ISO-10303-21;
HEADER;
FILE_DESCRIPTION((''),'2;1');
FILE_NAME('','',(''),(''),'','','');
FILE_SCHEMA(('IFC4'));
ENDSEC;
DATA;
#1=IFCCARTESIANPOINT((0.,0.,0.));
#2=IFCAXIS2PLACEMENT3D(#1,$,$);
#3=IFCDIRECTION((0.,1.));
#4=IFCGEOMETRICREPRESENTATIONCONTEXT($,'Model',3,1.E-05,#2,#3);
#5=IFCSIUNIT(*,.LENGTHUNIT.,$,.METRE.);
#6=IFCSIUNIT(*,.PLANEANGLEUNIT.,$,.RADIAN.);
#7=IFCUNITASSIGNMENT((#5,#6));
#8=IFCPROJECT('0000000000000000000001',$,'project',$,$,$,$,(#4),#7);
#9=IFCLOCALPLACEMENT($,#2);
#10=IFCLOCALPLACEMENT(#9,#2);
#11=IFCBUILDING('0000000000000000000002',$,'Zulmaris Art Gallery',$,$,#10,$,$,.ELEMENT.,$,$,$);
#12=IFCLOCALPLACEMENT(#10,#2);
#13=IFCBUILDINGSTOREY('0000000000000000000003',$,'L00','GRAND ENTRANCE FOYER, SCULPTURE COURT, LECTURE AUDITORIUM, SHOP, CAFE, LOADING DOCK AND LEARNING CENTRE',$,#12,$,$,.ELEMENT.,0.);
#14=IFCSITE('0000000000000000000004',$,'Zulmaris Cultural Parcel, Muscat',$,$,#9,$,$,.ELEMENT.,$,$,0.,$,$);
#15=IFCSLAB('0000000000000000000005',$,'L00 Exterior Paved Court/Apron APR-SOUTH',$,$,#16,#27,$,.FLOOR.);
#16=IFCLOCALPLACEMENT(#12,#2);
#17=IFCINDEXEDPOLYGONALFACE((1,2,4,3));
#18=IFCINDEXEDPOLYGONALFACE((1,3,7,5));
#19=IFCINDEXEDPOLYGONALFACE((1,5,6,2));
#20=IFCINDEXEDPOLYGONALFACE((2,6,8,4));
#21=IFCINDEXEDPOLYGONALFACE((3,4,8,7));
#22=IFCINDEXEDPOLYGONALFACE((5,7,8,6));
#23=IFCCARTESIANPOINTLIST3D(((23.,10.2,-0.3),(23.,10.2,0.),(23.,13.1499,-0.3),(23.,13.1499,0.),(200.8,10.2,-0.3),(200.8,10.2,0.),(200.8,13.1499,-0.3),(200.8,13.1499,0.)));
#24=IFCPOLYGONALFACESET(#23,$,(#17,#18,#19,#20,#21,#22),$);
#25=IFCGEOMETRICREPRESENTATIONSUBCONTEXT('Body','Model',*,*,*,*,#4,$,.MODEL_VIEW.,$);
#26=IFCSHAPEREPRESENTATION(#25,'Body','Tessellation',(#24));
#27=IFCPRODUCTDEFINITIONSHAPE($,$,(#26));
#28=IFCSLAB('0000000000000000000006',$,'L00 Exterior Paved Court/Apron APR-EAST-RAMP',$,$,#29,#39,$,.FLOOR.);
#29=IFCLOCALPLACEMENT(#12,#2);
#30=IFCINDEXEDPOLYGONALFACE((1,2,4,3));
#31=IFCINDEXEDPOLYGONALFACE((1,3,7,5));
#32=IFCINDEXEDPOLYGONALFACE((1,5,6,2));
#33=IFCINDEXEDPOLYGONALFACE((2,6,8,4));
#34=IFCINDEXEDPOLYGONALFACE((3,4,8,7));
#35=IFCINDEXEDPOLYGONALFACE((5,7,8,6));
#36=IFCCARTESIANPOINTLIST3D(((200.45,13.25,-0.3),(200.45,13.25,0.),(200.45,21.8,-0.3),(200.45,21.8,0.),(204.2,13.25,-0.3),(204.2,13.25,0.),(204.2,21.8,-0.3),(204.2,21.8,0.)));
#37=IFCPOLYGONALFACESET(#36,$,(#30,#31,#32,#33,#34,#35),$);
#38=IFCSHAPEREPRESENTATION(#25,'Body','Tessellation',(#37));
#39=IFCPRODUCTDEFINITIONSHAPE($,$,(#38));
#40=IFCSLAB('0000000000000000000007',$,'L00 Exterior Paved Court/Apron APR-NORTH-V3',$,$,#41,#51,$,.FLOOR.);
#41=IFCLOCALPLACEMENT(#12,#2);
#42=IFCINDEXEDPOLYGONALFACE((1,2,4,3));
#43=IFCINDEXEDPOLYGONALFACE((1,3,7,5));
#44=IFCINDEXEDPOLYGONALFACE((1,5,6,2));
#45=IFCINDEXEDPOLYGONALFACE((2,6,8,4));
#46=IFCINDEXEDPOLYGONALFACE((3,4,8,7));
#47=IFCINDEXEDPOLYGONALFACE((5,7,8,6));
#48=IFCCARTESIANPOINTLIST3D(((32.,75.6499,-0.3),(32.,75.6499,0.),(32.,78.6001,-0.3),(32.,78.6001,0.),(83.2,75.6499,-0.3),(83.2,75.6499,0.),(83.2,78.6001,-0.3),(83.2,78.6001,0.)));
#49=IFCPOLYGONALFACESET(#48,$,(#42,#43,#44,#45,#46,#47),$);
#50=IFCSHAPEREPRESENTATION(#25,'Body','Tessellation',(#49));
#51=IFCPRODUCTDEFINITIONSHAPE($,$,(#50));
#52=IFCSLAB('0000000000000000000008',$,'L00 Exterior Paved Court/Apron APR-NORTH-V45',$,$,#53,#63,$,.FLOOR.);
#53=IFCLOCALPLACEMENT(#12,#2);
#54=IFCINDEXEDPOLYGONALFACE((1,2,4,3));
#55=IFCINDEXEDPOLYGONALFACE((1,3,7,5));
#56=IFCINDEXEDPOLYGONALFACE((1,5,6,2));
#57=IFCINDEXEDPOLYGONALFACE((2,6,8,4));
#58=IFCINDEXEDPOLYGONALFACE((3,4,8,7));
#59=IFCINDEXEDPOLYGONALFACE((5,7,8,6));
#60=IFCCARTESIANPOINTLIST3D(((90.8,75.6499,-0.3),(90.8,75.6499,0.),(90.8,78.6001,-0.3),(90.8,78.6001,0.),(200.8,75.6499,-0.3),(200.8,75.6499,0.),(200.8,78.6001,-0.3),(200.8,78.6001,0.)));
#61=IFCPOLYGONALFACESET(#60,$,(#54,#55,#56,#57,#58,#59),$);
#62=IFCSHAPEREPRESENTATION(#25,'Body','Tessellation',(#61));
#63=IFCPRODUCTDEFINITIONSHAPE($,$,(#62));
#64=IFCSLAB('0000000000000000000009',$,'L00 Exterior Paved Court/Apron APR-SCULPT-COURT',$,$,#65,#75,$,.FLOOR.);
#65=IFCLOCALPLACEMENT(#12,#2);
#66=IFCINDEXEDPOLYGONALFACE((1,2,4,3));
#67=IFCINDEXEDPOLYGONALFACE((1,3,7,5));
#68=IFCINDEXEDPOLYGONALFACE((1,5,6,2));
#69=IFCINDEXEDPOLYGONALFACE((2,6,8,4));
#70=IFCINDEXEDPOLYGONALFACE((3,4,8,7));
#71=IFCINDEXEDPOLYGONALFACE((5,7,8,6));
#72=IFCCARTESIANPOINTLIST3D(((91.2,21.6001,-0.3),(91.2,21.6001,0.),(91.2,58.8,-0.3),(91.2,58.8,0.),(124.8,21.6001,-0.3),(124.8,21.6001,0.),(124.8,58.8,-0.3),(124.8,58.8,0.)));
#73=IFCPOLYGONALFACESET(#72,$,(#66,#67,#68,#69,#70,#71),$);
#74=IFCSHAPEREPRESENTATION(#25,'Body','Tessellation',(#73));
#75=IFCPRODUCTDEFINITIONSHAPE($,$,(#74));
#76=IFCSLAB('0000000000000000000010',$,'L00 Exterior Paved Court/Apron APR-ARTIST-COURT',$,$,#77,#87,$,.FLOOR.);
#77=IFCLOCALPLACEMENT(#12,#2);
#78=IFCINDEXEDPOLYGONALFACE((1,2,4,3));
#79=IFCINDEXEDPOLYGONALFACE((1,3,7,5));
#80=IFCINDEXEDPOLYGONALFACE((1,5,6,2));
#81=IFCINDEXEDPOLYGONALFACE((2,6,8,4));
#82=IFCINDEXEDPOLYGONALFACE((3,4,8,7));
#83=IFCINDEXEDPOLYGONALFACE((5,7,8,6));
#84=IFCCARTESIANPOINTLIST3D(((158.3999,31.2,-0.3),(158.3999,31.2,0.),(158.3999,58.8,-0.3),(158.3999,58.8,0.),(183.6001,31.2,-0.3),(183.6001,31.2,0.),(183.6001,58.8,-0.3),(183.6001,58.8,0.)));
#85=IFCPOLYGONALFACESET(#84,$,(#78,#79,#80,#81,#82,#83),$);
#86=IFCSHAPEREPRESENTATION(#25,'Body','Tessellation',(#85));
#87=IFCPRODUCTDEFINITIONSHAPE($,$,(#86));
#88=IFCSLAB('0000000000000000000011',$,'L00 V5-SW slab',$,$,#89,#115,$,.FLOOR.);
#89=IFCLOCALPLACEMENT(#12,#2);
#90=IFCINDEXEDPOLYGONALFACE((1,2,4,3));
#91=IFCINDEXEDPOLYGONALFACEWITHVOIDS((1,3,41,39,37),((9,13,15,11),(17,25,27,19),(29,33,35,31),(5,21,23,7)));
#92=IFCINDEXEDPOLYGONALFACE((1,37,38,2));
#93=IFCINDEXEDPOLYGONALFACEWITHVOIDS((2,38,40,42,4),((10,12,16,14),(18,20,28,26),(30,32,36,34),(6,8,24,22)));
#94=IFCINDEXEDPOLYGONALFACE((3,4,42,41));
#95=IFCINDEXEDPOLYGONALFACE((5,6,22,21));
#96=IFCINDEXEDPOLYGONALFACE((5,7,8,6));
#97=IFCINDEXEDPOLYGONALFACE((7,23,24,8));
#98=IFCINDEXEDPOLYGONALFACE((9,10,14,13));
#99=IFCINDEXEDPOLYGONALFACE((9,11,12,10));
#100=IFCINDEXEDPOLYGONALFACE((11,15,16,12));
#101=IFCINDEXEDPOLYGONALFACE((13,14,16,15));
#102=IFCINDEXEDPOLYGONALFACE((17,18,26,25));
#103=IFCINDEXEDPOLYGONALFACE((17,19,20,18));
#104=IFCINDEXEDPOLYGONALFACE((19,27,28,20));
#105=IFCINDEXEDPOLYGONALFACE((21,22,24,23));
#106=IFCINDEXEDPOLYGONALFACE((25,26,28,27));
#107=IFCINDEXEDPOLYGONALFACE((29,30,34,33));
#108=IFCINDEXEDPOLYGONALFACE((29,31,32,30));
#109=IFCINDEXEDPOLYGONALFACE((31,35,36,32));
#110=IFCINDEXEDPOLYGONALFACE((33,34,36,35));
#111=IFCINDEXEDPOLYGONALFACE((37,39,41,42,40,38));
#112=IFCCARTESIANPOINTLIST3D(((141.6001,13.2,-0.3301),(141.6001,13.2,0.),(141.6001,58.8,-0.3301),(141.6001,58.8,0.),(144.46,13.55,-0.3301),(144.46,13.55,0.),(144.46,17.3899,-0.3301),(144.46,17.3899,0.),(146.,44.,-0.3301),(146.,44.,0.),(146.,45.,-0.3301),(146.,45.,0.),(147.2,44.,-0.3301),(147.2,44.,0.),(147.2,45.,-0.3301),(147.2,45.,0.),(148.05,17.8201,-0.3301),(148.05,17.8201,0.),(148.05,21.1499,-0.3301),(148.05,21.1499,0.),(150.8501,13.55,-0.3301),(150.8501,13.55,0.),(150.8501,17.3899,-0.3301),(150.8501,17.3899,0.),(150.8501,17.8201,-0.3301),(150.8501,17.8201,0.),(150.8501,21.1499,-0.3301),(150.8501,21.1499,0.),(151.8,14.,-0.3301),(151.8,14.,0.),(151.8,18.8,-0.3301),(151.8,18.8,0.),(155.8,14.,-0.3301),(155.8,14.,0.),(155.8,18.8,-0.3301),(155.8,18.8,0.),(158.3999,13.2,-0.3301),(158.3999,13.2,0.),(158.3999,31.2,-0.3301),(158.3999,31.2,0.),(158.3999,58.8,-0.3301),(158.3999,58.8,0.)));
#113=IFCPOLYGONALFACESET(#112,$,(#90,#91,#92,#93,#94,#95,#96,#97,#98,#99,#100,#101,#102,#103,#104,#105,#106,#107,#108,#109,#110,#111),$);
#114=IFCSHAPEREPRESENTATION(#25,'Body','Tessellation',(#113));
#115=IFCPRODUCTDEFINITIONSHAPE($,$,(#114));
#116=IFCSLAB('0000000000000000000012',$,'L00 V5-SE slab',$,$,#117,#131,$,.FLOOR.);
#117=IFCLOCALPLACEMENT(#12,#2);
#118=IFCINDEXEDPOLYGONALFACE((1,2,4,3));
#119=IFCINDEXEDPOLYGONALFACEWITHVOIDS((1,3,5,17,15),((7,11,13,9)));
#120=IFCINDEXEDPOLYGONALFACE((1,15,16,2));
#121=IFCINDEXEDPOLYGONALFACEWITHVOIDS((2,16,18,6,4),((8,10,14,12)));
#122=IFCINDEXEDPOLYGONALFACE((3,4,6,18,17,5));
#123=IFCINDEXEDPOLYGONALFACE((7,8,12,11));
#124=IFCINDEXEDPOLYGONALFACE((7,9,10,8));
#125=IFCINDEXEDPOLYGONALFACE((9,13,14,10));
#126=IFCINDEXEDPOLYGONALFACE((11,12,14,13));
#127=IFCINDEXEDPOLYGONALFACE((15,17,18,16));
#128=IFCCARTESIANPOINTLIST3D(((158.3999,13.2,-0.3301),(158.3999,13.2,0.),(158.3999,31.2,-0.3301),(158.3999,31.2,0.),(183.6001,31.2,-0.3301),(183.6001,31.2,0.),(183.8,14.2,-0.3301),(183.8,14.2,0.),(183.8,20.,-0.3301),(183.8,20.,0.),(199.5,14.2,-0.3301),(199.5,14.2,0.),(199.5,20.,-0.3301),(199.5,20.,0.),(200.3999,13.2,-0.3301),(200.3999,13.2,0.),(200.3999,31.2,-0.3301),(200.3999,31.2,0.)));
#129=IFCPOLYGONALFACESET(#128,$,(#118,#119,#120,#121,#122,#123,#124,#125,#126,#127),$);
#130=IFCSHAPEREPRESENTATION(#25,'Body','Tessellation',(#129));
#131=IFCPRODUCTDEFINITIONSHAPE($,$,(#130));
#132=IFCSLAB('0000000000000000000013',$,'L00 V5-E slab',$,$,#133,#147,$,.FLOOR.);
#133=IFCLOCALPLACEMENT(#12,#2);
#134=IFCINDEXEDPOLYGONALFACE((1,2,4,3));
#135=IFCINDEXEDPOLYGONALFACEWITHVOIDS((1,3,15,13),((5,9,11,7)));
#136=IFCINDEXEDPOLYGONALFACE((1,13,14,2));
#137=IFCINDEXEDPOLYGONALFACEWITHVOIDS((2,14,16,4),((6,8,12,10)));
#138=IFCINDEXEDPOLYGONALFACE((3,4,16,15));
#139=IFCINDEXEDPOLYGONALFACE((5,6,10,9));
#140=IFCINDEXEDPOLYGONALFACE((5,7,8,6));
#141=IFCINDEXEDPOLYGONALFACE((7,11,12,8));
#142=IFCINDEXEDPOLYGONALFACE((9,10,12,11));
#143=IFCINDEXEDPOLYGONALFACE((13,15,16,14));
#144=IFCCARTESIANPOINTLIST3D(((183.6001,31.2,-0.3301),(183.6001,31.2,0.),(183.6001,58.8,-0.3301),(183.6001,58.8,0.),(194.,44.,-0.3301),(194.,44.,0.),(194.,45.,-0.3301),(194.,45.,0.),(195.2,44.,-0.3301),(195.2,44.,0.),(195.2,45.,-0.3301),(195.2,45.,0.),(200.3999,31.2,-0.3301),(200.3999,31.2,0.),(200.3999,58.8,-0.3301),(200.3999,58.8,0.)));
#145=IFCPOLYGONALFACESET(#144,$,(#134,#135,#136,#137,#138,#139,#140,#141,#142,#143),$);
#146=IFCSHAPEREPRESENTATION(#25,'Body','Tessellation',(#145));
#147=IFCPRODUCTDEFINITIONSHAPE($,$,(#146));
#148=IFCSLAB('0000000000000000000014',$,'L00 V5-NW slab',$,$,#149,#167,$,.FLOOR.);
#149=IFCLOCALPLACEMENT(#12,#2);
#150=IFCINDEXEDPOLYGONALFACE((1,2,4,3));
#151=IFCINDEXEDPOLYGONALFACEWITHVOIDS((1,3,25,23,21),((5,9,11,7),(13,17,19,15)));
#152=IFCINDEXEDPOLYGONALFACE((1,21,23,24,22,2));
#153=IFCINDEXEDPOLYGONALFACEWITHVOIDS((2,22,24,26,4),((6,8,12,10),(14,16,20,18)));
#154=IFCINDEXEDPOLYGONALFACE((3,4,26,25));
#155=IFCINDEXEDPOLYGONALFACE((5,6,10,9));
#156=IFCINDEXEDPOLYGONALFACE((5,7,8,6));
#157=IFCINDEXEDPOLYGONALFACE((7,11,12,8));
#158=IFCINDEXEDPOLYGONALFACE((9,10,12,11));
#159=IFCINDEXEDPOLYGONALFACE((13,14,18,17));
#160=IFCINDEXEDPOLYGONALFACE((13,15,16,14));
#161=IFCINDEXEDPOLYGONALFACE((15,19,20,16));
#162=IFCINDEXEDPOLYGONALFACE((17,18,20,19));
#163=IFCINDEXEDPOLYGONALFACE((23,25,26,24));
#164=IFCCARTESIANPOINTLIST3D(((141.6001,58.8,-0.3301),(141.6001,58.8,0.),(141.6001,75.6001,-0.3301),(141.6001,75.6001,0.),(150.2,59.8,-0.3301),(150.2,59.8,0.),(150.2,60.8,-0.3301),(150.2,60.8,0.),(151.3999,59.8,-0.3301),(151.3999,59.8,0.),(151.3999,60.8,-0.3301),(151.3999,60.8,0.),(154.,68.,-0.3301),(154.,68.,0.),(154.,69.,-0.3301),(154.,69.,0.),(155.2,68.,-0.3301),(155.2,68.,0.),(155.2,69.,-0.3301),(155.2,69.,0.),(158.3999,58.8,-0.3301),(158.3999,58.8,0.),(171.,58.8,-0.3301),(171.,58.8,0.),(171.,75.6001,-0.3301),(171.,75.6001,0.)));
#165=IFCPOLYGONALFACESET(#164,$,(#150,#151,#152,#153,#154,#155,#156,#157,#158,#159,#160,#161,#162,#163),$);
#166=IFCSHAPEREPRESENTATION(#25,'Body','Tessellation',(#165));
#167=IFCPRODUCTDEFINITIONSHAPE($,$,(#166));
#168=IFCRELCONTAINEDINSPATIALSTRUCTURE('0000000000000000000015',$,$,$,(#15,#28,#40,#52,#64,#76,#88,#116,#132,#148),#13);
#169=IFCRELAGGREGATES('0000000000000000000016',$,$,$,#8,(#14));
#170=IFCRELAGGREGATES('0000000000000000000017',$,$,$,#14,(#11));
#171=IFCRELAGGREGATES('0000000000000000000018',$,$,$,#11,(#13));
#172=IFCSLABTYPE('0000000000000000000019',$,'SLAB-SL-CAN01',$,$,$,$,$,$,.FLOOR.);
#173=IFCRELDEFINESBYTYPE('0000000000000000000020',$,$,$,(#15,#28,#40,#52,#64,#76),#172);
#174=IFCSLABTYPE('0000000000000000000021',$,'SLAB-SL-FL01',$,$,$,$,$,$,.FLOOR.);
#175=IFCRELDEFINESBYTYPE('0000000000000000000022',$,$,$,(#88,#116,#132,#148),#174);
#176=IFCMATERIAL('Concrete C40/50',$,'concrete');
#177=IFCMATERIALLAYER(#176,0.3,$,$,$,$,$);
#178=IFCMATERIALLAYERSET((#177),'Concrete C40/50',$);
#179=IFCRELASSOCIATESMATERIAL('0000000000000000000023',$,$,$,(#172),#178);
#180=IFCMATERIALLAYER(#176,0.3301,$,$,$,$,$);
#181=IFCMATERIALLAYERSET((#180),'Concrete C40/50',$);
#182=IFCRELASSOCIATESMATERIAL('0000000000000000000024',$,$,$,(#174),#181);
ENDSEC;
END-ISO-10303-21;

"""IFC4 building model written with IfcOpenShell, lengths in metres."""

from ifc_helpers import new_model, si_unit, direction, frame, origin, place, context, subcontext, project, spatial, polyline, outline, extrude, material, layer, layer_set, type_object, element, save


model = new_model("IFC4")

# Units and contexts
model_context = context("Model", 3, precision=1e-05, world=origin(), true_north=direction((0.0, 1.0)))
body_context = subcontext(model_context, "Body", "Model", "MODEL_VIEW")
ifc_project = project(units=[si_unit("LENGTHUNIT", "METRE"), si_unit("PLANEANGLEUNIT", "RADIAN")], contexts=[model_context])

# Site, building, storey
site_placement = place(None, origin())
site = spatial("IfcSite", under=ifc_project, at=site_placement, Name="Zulmaris Cultural Parcel, Muscat", CompositionType="ELEMENT", RefElevation=0.0)
building_placement = place(site_placement, origin())
building = spatial("IfcBuilding", under=site, at=building_placement, Name="Zulmaris Art Gallery", CompositionType="ELEMENT")
storey_placement = place(building_placement, origin())
storey = spatial("IfcBuildingStorey", under=building, at=storey_placement, Name="L00", Description="GRAND ENTRANCE FOYER, SCULPTURE COURT, LECTURE AUDITORIUM, SHOP, CAFE, LOADING DOCK AND LEARNING CENTRE", CompositionType="ELEMENT", Elevation=0.0)

# Slabs
ifc_material_1 = material(Name="Concrete C40/50", Category="concrete")
ifc_layer_1 = layer(ifc_material_1, 0.3)
ifc_layer_set_1 = layer_set([ifc_layer_1], Name="Concrete C40/50")
slab_type_1 = type_object("IfcSlabType", Name="SLAB-SL-CAN01", PredefinedType="FLOOR", material=ifc_layer_set_1)
slab_1_placement = place(storey_placement, frame((0.0, 0.0, -0.3)))
element("IfcSlab", 1, at=slab_1_placement, inside=storey, type_object=slab_type_1, Name="L00 Exterior Paved Court/Apron APR-SOUTH", PredefinedType="FLOOR", context=body_context, shape_type="SweptSolid", body=[
    extrude(outline(polyline([(23.0, 10.2), (200.8, 10.2), (200.8, 13.1499), (23.0, 13.1499), (23.0, 10.2)])), origin(), (0.0, 0.0, 1.0), 0.3),
])
slab_2_placement = place(storey_placement, frame((0.0, 0.0, -0.3)))
element("IfcSlab", 2, at=slab_2_placement, inside=storey, type_object=slab_type_1, Name="L00 Exterior Paved Court/Apron APR-EAST-RAMP", PredefinedType="FLOOR", context=body_context, shape_type="SweptSolid", body=[
    extrude(outline(polyline([(200.45, 13.25), (204.2, 13.25), (204.2, 21.8), (200.45, 21.8), (200.45, 13.25)])), origin(), (0.0, 0.0, 1.0), 0.3),
])
slab_3_placement = place(storey_placement, frame((0.0, 0.0, -0.3)))
element("IfcSlab", 3, at=slab_3_placement, inside=storey, type_object=slab_type_1, Name="L00 Exterior Paved Court/Apron APR-NORTH-V3", PredefinedType="FLOOR", context=body_context, shape_type="SweptSolid", body=[
    extrude(outline(polyline([(32.0, 75.6499), (83.2, 75.6499), (83.2, 78.6001), (32.0, 78.6001), (32.0, 75.6499)])), origin(), (0.0, 0.0, 1.0), 0.3),
])
slab_4_placement = place(storey_placement, frame((0.0, 0.0, -0.3)))
element("IfcSlab", 4, at=slab_4_placement, inside=storey, type_object=slab_type_1, Name="L00 Exterior Paved Court/Apron APR-NORTH-V45", PredefinedType="FLOOR", context=body_context, shape_type="SweptSolid", body=[
    extrude(outline(polyline([(90.8, 75.6499), (200.8, 75.6499), (200.8, 78.6001), (90.8, 78.6001), (90.8, 75.6499)])), origin(), (0.0, 0.0, 1.0), 0.3),
])
slab_5_placement = place(storey_placement, frame((0.0, 0.0, -0.3)))
element("IfcSlab", 5, at=slab_5_placement, inside=storey, type_object=slab_type_1, Name="L00 Exterior Paved Court/Apron APR-SCULPT-COURT", PredefinedType="FLOOR", context=body_context, shape_type="SweptSolid", body=[
    extrude(outline(polyline([(91.2, 21.6001), (124.8, 21.6001), (124.8, 58.8), (91.2, 58.8), (91.2, 21.6001)])), origin(), (0.0, 0.0, 1.0), 0.3),
])
slab_6_placement = place(storey_placement, frame((0.0, 0.0, -0.3)))
element("IfcSlab", 6, at=slab_6_placement, inside=storey, type_object=slab_type_1, Name="L00 Exterior Paved Court/Apron APR-ARTIST-COURT", PredefinedType="FLOOR", context=body_context, shape_type="SweptSolid", body=[
    extrude(outline(polyline([(158.3999, 31.2), (183.6001, 31.2), (183.6001, 58.8), (158.3999, 58.8), (158.3999, 31.2)])), origin(), (0.0, 0.0, 1.0), 0.3),
])
ifc_layer_2 = layer(ifc_material_1, 0.3301)
ifc_layer_set_2 = layer_set([ifc_layer_2], Name="Concrete C40/50")
slab_type_2 = type_object("IfcSlabType", Name="SLAB-SL-FL01", PredefinedType="FLOOR", material=ifc_layer_set_2)
slab_7_placement = place(storey_placement, frame((0.0, 0.0, -0.3301)))
element("IfcSlab", 7, at=slab_7_placement, inside=storey, type_object=slab_type_2, Name="L00 V5-SW slab", PredefinedType="FLOOR", context=body_context, shape_type="SweptSolid", body=[
    extrude(outline(polyline([(158.3999, 58.8), (158.3999, 31.2), (158.3999, 13.2), (141.6001, 13.2), (141.6001, 58.8), (158.3999, 58.8)]), holes=[polyline([(150.8501, 13.55), (150.8501, 17.3899), (144.46, 17.3899), (144.46, 13.55), (150.8501, 13.55)]), polyline([(155.8, 14.0), (155.8, 18.8), (151.8, 18.8), (151.8, 14.0), (155.8, 14.0)]), polyline([(150.8501, 21.1499), (148.05, 21.1499), (148.05, 17.8201), (150.8501, 17.8201), (150.8501, 21.1499)]), polyline([(147.2, 44.0), (147.2, 45.0), (146.0, 45.0), (146.0, 44.0), (147.2, 44.0)])]), origin(), (0.0, 0.0, 1.0), 0.3301),
])
slab_8_placement = place(storey_placement, frame((0.0, 0.0, -0.3301)))
element("IfcSlab", 8, at=slab_8_placement, inside=storey, type_object=slab_type_2, Name="L00 V5-SE slab", PredefinedType="FLOOR", context=body_context, shape_type="SweptSolid", body=[
    extrude(outline(polyline([(158.3999, 13.2), (158.3999, 31.2), (183.6001, 31.2), (200.3999, 31.2), (200.3999, 13.2), (158.3999, 13.2)]), holes=[polyline([(199.5, 14.2), (199.5, 20.0), (183.8, 20.0), (183.8, 14.2), (199.5, 14.2)])]), origin(), (0.0, 0.0, 1.0), 0.3301),
])
slab_9_placement = place(storey_placement, frame((0.0, 0.0, -0.3301)))
element("IfcSlab", 9, at=slab_9_placement, inside=storey, type_object=slab_type_2, Name="L00 V5-E slab", PredefinedType="FLOOR", context=body_context, shape_type="SweptSolid", body=[
    extrude(outline(polyline([(183.6001, 31.2), (183.6001, 58.8), (200.3999, 58.8), (200.3999, 31.2), (183.6001, 31.2)]), holes=[polyline([(195.2, 44.0), (195.2, 45.0), (194.0, 45.0), (194.0, 44.0), (195.2, 44.0)])]), origin(), (0.0, 0.0, 1.0), 0.3301),
])
slab_10_placement = place(storey_placement, frame((0.0, 0.0, -0.3301)))
element("IfcSlab", 10, at=slab_10_placement, inside=storey, type_object=slab_type_2, Name="L00 V5-NW slab", PredefinedType="FLOOR", context=body_context, shape_type="SweptSolid", body=[
    extrude(outline(polyline([(171.0, 75.6001), (171.0, 58.8), (158.3999, 58.8), (141.6001, 58.8), (141.6001, 75.6001), (171.0, 75.6001)]), holes=[polyline([(151.3999, 60.8), (150.2, 60.8), (150.2, 59.8), (151.3999, 59.8), (151.3999, 60.8)]), polyline([(155.2, 68.0), (155.2, 69.0), (154.0, 69.0), (154.0, 68.0), (155.2, 68.0)])]), origin(), (0.0, 0.0, 1.0), 0.3301),
])

save(model, "model.ifc")
